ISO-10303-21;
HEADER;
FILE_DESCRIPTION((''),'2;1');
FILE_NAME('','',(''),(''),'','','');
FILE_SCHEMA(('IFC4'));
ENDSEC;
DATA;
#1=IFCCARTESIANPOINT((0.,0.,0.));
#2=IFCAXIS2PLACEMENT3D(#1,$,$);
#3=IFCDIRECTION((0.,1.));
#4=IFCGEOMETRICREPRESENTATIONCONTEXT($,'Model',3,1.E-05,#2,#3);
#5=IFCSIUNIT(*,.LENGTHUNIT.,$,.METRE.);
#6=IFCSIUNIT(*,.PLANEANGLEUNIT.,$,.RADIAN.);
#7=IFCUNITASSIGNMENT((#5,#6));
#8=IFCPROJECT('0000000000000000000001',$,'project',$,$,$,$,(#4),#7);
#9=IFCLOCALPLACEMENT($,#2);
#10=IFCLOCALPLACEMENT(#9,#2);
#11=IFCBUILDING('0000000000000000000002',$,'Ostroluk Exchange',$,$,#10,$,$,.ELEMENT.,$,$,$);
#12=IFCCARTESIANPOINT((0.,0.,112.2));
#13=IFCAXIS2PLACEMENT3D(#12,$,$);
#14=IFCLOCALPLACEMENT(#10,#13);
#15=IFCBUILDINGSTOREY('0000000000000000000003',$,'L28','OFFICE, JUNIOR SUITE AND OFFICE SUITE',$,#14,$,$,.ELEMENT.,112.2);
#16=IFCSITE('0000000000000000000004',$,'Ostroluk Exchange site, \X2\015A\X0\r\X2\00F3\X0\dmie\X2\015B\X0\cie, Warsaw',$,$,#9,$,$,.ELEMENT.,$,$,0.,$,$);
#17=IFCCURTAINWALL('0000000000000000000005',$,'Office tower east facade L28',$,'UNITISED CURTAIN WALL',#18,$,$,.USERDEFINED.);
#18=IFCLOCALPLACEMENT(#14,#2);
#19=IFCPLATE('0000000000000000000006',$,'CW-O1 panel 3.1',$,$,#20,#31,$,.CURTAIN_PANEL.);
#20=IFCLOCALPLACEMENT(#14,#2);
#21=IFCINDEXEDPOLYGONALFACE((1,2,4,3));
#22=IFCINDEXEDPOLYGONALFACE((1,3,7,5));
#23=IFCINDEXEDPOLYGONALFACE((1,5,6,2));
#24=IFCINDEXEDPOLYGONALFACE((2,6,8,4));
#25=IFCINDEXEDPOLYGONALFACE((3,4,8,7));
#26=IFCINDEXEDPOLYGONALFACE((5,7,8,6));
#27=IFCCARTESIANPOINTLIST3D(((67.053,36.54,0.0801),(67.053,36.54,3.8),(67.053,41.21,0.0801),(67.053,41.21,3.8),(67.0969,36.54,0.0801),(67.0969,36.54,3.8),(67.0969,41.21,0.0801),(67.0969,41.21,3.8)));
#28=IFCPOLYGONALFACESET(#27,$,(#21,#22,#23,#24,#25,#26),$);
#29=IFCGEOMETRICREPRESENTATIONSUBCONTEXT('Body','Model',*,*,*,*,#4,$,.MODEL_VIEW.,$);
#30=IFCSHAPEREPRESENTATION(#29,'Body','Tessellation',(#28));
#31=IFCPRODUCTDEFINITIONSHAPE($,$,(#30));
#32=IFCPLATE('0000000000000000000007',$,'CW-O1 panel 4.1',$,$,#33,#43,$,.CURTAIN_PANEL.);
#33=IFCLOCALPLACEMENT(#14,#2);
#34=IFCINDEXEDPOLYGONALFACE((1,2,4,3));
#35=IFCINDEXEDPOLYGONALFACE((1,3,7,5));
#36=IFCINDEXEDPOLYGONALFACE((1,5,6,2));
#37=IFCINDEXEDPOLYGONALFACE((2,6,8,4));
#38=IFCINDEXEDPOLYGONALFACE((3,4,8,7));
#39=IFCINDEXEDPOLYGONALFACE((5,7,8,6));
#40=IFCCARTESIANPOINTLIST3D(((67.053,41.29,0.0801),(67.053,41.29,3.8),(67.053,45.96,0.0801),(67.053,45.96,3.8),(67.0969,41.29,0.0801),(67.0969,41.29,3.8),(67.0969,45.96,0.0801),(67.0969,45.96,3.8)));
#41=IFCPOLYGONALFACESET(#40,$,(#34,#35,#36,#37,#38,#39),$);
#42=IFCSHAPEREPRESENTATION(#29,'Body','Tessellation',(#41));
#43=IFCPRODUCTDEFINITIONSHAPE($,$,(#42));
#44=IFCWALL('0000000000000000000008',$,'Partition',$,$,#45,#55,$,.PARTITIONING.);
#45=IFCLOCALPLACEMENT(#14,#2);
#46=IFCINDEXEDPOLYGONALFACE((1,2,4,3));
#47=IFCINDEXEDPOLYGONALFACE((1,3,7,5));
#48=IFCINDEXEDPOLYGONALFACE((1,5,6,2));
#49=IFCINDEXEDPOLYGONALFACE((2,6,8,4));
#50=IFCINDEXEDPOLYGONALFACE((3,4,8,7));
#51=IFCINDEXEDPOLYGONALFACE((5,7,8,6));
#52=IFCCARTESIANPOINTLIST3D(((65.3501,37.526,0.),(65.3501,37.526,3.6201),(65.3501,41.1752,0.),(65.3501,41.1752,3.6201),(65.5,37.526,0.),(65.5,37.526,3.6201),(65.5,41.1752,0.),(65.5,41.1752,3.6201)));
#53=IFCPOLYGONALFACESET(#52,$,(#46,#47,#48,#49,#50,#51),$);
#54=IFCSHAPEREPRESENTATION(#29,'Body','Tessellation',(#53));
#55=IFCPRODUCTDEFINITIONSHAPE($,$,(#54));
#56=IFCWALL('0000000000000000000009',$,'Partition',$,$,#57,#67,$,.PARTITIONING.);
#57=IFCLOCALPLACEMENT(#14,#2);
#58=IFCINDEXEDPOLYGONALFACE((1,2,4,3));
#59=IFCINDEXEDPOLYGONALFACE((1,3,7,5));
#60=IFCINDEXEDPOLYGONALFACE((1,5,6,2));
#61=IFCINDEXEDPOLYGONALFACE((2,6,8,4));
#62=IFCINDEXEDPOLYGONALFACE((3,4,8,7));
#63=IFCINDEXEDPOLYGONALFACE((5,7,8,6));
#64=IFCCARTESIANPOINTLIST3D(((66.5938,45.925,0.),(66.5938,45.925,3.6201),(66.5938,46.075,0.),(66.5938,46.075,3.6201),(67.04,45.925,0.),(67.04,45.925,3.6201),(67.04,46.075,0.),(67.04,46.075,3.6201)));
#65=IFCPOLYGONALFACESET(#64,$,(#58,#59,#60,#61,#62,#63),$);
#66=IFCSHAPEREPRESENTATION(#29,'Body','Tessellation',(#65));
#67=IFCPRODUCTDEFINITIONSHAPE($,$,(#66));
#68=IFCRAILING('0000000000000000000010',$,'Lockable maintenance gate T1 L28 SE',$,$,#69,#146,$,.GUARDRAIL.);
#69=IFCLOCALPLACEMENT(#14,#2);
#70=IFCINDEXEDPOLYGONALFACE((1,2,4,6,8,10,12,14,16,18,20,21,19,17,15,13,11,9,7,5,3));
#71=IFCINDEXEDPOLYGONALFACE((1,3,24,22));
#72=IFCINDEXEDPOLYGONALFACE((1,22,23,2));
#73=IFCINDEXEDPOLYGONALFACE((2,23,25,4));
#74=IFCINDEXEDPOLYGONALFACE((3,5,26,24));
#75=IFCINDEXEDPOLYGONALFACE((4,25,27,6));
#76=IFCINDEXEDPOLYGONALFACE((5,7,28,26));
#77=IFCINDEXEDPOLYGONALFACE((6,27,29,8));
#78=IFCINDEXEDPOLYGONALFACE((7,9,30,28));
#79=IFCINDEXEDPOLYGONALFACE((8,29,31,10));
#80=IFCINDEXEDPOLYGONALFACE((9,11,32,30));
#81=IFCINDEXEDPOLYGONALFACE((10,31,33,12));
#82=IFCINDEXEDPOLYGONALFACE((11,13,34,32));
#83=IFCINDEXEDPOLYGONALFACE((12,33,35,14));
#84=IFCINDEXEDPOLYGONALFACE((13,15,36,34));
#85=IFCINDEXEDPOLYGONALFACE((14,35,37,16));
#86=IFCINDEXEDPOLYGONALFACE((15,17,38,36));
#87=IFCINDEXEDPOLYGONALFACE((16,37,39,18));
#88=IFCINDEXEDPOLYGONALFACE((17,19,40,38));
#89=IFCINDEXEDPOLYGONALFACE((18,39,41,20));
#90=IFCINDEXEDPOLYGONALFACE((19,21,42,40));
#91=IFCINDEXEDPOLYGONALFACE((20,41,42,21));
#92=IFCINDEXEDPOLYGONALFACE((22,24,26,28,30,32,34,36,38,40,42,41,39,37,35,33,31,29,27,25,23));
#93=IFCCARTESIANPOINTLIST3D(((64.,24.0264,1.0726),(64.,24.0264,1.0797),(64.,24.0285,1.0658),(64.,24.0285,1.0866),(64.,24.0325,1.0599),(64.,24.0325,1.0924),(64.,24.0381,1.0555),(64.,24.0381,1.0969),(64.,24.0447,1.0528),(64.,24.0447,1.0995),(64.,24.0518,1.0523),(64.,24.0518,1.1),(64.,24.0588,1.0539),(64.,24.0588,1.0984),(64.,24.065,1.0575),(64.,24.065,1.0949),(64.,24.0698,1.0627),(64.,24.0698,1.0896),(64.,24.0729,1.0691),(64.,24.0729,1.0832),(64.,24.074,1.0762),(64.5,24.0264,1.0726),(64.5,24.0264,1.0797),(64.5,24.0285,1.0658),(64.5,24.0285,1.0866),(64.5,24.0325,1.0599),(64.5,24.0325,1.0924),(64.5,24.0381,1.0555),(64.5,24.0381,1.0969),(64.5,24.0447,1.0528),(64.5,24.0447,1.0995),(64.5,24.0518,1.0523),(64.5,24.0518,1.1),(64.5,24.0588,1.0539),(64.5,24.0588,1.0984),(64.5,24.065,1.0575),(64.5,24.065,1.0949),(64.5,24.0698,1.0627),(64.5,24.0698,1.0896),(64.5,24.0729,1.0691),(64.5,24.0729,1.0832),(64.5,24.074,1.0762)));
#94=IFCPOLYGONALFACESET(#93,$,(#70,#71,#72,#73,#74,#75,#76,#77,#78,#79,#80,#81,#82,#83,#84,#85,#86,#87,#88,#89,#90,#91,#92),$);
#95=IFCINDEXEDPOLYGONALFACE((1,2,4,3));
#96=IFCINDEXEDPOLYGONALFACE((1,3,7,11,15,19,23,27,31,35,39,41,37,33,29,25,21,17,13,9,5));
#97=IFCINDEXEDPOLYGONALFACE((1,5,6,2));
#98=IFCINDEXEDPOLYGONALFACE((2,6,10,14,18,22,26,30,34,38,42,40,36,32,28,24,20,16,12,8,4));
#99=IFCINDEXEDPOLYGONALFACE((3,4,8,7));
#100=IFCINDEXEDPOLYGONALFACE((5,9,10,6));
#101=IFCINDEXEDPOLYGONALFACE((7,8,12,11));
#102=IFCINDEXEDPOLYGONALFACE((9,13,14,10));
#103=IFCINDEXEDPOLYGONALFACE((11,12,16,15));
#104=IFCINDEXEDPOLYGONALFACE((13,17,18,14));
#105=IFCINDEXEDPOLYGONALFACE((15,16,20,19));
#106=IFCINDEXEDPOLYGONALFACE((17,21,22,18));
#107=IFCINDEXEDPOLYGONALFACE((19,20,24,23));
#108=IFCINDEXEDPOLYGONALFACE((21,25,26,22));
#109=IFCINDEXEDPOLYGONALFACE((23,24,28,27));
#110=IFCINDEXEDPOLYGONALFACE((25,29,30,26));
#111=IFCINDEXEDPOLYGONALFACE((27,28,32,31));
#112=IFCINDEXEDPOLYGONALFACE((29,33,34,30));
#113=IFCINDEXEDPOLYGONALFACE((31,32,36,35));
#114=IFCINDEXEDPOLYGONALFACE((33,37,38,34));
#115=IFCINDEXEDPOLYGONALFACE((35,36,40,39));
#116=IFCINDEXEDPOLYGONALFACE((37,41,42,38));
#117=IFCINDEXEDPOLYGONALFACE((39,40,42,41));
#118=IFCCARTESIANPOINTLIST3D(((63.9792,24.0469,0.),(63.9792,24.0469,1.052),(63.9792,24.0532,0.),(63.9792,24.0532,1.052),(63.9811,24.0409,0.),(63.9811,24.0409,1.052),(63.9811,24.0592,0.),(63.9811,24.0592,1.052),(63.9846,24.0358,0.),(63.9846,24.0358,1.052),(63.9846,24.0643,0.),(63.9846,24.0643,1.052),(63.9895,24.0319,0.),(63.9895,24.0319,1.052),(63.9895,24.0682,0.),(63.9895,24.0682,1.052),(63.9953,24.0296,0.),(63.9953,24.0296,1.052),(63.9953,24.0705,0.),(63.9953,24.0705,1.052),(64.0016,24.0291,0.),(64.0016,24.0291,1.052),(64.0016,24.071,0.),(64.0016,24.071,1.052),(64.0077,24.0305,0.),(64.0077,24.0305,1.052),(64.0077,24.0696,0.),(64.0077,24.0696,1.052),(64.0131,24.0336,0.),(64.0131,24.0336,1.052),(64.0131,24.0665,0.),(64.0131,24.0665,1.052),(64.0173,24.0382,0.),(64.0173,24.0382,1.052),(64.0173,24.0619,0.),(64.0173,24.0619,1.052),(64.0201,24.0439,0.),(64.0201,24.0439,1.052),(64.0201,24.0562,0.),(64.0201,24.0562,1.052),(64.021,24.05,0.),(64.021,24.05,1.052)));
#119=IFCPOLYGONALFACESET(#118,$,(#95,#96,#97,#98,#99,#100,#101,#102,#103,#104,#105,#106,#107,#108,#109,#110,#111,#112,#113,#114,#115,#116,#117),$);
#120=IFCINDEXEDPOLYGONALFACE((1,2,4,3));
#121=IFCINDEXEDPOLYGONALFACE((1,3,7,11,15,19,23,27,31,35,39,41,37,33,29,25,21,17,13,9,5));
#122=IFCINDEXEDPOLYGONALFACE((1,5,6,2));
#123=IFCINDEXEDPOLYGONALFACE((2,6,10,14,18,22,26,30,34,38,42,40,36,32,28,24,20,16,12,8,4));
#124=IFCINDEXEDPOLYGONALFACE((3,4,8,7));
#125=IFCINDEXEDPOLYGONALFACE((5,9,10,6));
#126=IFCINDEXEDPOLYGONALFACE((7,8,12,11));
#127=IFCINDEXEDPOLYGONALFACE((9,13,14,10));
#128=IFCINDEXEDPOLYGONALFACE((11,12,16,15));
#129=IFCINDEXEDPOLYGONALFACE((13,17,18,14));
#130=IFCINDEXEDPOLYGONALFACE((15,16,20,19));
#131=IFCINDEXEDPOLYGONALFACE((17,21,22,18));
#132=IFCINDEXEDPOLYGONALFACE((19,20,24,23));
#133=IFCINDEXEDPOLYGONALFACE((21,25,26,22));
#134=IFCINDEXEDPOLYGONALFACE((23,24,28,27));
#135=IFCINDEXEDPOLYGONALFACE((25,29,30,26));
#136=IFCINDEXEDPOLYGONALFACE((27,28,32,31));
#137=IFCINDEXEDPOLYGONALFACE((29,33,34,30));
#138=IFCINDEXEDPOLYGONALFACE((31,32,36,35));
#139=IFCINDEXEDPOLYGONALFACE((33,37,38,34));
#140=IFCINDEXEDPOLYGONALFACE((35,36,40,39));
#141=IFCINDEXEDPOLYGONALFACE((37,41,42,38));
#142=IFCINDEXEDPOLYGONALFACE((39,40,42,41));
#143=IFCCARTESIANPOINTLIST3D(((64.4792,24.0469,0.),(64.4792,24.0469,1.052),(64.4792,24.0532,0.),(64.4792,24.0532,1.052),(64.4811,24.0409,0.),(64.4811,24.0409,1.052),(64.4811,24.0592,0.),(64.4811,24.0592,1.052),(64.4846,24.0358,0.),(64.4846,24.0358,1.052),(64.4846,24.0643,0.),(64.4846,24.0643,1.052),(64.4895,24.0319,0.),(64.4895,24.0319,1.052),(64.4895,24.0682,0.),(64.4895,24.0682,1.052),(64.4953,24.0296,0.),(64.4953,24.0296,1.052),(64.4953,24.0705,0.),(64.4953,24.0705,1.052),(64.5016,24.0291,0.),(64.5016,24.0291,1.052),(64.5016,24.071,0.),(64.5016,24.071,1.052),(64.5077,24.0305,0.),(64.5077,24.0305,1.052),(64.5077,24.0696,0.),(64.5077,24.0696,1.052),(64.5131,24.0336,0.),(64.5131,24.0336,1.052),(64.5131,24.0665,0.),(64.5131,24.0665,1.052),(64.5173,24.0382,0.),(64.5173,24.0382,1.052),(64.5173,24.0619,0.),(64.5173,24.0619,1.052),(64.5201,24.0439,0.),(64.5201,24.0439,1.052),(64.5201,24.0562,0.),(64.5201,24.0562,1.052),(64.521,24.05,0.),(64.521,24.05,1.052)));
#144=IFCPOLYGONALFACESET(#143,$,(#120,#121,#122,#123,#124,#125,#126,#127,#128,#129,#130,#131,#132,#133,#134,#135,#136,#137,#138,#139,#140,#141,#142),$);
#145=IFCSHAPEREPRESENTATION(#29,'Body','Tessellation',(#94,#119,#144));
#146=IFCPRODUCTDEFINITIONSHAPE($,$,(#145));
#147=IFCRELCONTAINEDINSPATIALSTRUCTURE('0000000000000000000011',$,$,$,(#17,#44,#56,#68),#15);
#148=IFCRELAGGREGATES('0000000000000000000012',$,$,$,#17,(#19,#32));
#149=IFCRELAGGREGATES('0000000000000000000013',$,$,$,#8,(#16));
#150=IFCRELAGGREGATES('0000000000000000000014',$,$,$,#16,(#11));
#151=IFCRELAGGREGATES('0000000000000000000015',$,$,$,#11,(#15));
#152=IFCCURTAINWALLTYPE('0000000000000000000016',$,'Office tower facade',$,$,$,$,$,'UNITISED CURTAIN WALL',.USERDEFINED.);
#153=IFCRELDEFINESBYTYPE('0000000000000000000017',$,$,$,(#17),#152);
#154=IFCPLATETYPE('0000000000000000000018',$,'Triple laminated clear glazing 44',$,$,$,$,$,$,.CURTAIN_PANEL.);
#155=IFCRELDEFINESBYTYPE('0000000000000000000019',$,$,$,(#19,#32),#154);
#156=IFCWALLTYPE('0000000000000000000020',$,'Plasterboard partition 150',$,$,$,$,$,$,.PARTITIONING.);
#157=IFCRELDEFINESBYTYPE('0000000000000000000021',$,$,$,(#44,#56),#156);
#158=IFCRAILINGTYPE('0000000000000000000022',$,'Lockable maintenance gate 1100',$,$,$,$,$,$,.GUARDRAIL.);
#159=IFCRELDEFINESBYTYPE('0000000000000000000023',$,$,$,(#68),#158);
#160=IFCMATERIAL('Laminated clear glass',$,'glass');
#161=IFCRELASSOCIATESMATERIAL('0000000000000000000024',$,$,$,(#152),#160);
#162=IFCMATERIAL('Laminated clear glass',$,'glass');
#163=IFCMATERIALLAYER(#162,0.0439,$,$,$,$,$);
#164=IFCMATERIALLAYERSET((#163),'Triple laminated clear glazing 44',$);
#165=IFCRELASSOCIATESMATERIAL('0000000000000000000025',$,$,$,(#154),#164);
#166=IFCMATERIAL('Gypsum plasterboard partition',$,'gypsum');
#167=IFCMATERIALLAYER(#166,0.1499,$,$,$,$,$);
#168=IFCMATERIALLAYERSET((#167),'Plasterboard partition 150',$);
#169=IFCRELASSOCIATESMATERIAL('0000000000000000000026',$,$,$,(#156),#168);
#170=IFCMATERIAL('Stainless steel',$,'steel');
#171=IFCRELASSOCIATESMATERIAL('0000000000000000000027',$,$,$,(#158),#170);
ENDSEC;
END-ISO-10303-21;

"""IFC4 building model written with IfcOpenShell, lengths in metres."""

from ifc_helpers import new_model, si_unit, direction, frame, frame_2d, origin, origin_2d, place, context, subcontext, project, spatial, rectangle, circle, extrude, material, layer, layer_set, type_object, element, aggregate, save


model = new_model("IFC4")

# Units and contexts
model_context = context("Model", 3, precision=1e-05, world=origin(), true_north=direction((0.0, 1.0)))
body_context = subcontext(model_context, "Body", "Model", "MODEL_VIEW")
ifc_project = project(units=[si_unit("LENGTHUNIT", "METRE"), si_unit("PLANEANGLEUNIT", "RADIAN")], contexts=[model_context])

# Site, building, storey
site_placement = place(None, origin())
site = spatial("IfcSite", under=ifc_project, at=site_placement, Name="Ostroluk Exchange site, Śródmieście, Warsaw", CompositionType="ELEMENT", RefElevation=0.0)
building_placement = place(site_placement, origin())
building = spatial("IfcBuilding", under=site, at=building_placement, Name="Ostroluk Exchange", CompositionType="ELEMENT")
storey_placement = place(building_placement, frame((0.0, 0.0, 112.2)))
storey = spatial("IfcBuildingStorey", under=building, at=storey_placement, Name="L28", Description="OFFICE, JUNIOR SUITE AND OFFICE SUITE", CompositionType="ELEMENT", Elevation=112.2)

# Curtain wall
ifc_material_1 = material(Name="Laminated clear glass", Category="glass")
curtain_wall_type_1 = type_object("IfcCurtainWallType", Name="Office tower facade", ElementType="UNITISED CURTAIN WALL", PredefinedType="USERDEFINED", material=ifc_material_1)
curtain_wall_1_placement = place(storey_placement, origin())
curtain_wall_1 = element("IfcCurtainWall", 1, at=curtain_wall_1_placement, inside=storey, type_object=curtain_wall_type_1, Name="Office tower east facade L28", ObjectType="UNITISED CURTAIN WALL", PredefinedType="USERDEFINED")

# Plates
ifc_material_2 = material(Name="Laminated clear glass", Category="glass")
ifc_layer_1 = layer(ifc_material_2, 0.0439)
ifc_layer_set_1 = layer_set([ifc_layer_1], Name="Triple laminated clear glazing 44")
plate_type_1 = type_object("IfcPlateType", Name="Triple laminated clear glazing 44", PredefinedType="CURTAIN_PANEL", material=ifc_layer_set_1)
plate_1_placement = place(storey_placement, frame((67.075, 38.875, 0.0801), z_axis=(0.0, 0.0, 1.0), x_axis=(0.0, 1.0, 0.0)))
plate_1 = element("IfcPlate", 2, at=plate_1_placement, type_object=plate_type_1, Name="CW-O1 panel 3.1", PredefinedType="CURTAIN_PANEL", context=body_context, shape_type="SweptSolid", body=[
    extrude(rectangle(XDim=4.6699, YDim=0.0439, at=origin_2d()), origin(), (0.0, 0.0, 1.0), 3.72),
])
plate_2_placement = place(storey_placement, frame((67.075, 43.625, 0.0801), z_axis=(0.0, 0.0, 1.0), x_axis=(0.0, 1.0, 0.0)))
plate_2 = element("IfcPlate", 3, at=plate_2_placement, type_object=plate_type_1, Name="CW-O1 panel 4.1", PredefinedType="CURTAIN_PANEL", context=body_context, shape_type="SweptSolid", body=[
    extrude(rectangle(XDim=4.6699, YDim=0.0439, at=origin_2d()), origin(), (0.0, 0.0, 1.0), 3.72),
])
aggregate(curtain_wall_1, [plate_1, plate_2])

# Walls
ifc_material_3 = material(Name="Gypsum plasterboard partition", Category="gypsum")
ifc_layer_2 = layer(ifc_material_3, 0.1499)
ifc_layer_set_2 = layer_set([ifc_layer_2], Name="Plasterboard partition 150")
wall_type = type_object("IfcWallType", Name="Plasterboard partition 150", PredefinedType="PARTITIONING", material=ifc_layer_set_2)
wall_1_placement = place(storey_placement, frame((65.425, 37.5259, 0.0), z_axis=(0.0, 0.0, 1.0), x_axis=(0.0, 1.0, 0.0)))
element("IfcWall", 4, at=wall_1_placement, inside=storey, type_object=wall_type, Name="Partition", PredefinedType="PARTITIONING", context=body_context, shape_type="SweptSolid", body=[
    extrude(rectangle(XDim=3.6492, YDim=0.1499, at=frame_2d((1.8247, 0.0))), origin(), (0.0, 0.0, 1.0), 3.6201),
])
wall_2_placement = place(storey_placement, frame((66.5938, 46.0, 0.0), z_axis=(0.0, 0.0, 1.0), x_axis=(1.0, 0.0, 0.0)))
element("IfcWall", 5, at=wall_2_placement, inside=storey, type_object=wall_type, Name="Partition", PredefinedType="PARTITIONING", context=body_context, shape_type="SweptSolid", body=[
    extrude(rectangle(XDim=0.4463, YDim=0.1499, at=frame_2d((0.2231, 0.0))), origin(), (0.0, 0.0, 1.0), 3.6201),
])

# Railing
ifc_material_4 = material(Name="Stainless steel", Category="steel")
railing_type_1 = type_object("IfcRailingType", Name="Lockable maintenance gate 1100", PredefinedType="GUARDRAIL", material=ifc_material_4)
railing_1_placement = place(storey_placement, frame((64.0, 24.05, 0.0)))
element("IfcRailing", 6, at=railing_1_placement, inside=storey, type_object=railing_type_1, Name="Lockable maintenance gate T1 L28 SE", PredefinedType="GUARDRAIL", context=body_context, shape_type="SweptSolid", body=[
    extrude(circle(Radius=0.0239, at=origin_2d()), frame((0.0, 0.0, 1.0762), z_axis=(1.0, 0.0, 0.0), x_axis=(0.0, 1.0, 0.0)), (0.0, 0.0, 1.0), 0.5),
    extrude(circle(Radius=0.021, at=origin_2d()), origin(), (0.0, 0.0, 1.0), 1.052),
    extrude(circle(Radius=0.021, at=origin_2d()), frame((0.5, 0.0, 0.0)), (0.0, 0.0, 1.0), 1.052),
])

save(model, "model.ifc")
